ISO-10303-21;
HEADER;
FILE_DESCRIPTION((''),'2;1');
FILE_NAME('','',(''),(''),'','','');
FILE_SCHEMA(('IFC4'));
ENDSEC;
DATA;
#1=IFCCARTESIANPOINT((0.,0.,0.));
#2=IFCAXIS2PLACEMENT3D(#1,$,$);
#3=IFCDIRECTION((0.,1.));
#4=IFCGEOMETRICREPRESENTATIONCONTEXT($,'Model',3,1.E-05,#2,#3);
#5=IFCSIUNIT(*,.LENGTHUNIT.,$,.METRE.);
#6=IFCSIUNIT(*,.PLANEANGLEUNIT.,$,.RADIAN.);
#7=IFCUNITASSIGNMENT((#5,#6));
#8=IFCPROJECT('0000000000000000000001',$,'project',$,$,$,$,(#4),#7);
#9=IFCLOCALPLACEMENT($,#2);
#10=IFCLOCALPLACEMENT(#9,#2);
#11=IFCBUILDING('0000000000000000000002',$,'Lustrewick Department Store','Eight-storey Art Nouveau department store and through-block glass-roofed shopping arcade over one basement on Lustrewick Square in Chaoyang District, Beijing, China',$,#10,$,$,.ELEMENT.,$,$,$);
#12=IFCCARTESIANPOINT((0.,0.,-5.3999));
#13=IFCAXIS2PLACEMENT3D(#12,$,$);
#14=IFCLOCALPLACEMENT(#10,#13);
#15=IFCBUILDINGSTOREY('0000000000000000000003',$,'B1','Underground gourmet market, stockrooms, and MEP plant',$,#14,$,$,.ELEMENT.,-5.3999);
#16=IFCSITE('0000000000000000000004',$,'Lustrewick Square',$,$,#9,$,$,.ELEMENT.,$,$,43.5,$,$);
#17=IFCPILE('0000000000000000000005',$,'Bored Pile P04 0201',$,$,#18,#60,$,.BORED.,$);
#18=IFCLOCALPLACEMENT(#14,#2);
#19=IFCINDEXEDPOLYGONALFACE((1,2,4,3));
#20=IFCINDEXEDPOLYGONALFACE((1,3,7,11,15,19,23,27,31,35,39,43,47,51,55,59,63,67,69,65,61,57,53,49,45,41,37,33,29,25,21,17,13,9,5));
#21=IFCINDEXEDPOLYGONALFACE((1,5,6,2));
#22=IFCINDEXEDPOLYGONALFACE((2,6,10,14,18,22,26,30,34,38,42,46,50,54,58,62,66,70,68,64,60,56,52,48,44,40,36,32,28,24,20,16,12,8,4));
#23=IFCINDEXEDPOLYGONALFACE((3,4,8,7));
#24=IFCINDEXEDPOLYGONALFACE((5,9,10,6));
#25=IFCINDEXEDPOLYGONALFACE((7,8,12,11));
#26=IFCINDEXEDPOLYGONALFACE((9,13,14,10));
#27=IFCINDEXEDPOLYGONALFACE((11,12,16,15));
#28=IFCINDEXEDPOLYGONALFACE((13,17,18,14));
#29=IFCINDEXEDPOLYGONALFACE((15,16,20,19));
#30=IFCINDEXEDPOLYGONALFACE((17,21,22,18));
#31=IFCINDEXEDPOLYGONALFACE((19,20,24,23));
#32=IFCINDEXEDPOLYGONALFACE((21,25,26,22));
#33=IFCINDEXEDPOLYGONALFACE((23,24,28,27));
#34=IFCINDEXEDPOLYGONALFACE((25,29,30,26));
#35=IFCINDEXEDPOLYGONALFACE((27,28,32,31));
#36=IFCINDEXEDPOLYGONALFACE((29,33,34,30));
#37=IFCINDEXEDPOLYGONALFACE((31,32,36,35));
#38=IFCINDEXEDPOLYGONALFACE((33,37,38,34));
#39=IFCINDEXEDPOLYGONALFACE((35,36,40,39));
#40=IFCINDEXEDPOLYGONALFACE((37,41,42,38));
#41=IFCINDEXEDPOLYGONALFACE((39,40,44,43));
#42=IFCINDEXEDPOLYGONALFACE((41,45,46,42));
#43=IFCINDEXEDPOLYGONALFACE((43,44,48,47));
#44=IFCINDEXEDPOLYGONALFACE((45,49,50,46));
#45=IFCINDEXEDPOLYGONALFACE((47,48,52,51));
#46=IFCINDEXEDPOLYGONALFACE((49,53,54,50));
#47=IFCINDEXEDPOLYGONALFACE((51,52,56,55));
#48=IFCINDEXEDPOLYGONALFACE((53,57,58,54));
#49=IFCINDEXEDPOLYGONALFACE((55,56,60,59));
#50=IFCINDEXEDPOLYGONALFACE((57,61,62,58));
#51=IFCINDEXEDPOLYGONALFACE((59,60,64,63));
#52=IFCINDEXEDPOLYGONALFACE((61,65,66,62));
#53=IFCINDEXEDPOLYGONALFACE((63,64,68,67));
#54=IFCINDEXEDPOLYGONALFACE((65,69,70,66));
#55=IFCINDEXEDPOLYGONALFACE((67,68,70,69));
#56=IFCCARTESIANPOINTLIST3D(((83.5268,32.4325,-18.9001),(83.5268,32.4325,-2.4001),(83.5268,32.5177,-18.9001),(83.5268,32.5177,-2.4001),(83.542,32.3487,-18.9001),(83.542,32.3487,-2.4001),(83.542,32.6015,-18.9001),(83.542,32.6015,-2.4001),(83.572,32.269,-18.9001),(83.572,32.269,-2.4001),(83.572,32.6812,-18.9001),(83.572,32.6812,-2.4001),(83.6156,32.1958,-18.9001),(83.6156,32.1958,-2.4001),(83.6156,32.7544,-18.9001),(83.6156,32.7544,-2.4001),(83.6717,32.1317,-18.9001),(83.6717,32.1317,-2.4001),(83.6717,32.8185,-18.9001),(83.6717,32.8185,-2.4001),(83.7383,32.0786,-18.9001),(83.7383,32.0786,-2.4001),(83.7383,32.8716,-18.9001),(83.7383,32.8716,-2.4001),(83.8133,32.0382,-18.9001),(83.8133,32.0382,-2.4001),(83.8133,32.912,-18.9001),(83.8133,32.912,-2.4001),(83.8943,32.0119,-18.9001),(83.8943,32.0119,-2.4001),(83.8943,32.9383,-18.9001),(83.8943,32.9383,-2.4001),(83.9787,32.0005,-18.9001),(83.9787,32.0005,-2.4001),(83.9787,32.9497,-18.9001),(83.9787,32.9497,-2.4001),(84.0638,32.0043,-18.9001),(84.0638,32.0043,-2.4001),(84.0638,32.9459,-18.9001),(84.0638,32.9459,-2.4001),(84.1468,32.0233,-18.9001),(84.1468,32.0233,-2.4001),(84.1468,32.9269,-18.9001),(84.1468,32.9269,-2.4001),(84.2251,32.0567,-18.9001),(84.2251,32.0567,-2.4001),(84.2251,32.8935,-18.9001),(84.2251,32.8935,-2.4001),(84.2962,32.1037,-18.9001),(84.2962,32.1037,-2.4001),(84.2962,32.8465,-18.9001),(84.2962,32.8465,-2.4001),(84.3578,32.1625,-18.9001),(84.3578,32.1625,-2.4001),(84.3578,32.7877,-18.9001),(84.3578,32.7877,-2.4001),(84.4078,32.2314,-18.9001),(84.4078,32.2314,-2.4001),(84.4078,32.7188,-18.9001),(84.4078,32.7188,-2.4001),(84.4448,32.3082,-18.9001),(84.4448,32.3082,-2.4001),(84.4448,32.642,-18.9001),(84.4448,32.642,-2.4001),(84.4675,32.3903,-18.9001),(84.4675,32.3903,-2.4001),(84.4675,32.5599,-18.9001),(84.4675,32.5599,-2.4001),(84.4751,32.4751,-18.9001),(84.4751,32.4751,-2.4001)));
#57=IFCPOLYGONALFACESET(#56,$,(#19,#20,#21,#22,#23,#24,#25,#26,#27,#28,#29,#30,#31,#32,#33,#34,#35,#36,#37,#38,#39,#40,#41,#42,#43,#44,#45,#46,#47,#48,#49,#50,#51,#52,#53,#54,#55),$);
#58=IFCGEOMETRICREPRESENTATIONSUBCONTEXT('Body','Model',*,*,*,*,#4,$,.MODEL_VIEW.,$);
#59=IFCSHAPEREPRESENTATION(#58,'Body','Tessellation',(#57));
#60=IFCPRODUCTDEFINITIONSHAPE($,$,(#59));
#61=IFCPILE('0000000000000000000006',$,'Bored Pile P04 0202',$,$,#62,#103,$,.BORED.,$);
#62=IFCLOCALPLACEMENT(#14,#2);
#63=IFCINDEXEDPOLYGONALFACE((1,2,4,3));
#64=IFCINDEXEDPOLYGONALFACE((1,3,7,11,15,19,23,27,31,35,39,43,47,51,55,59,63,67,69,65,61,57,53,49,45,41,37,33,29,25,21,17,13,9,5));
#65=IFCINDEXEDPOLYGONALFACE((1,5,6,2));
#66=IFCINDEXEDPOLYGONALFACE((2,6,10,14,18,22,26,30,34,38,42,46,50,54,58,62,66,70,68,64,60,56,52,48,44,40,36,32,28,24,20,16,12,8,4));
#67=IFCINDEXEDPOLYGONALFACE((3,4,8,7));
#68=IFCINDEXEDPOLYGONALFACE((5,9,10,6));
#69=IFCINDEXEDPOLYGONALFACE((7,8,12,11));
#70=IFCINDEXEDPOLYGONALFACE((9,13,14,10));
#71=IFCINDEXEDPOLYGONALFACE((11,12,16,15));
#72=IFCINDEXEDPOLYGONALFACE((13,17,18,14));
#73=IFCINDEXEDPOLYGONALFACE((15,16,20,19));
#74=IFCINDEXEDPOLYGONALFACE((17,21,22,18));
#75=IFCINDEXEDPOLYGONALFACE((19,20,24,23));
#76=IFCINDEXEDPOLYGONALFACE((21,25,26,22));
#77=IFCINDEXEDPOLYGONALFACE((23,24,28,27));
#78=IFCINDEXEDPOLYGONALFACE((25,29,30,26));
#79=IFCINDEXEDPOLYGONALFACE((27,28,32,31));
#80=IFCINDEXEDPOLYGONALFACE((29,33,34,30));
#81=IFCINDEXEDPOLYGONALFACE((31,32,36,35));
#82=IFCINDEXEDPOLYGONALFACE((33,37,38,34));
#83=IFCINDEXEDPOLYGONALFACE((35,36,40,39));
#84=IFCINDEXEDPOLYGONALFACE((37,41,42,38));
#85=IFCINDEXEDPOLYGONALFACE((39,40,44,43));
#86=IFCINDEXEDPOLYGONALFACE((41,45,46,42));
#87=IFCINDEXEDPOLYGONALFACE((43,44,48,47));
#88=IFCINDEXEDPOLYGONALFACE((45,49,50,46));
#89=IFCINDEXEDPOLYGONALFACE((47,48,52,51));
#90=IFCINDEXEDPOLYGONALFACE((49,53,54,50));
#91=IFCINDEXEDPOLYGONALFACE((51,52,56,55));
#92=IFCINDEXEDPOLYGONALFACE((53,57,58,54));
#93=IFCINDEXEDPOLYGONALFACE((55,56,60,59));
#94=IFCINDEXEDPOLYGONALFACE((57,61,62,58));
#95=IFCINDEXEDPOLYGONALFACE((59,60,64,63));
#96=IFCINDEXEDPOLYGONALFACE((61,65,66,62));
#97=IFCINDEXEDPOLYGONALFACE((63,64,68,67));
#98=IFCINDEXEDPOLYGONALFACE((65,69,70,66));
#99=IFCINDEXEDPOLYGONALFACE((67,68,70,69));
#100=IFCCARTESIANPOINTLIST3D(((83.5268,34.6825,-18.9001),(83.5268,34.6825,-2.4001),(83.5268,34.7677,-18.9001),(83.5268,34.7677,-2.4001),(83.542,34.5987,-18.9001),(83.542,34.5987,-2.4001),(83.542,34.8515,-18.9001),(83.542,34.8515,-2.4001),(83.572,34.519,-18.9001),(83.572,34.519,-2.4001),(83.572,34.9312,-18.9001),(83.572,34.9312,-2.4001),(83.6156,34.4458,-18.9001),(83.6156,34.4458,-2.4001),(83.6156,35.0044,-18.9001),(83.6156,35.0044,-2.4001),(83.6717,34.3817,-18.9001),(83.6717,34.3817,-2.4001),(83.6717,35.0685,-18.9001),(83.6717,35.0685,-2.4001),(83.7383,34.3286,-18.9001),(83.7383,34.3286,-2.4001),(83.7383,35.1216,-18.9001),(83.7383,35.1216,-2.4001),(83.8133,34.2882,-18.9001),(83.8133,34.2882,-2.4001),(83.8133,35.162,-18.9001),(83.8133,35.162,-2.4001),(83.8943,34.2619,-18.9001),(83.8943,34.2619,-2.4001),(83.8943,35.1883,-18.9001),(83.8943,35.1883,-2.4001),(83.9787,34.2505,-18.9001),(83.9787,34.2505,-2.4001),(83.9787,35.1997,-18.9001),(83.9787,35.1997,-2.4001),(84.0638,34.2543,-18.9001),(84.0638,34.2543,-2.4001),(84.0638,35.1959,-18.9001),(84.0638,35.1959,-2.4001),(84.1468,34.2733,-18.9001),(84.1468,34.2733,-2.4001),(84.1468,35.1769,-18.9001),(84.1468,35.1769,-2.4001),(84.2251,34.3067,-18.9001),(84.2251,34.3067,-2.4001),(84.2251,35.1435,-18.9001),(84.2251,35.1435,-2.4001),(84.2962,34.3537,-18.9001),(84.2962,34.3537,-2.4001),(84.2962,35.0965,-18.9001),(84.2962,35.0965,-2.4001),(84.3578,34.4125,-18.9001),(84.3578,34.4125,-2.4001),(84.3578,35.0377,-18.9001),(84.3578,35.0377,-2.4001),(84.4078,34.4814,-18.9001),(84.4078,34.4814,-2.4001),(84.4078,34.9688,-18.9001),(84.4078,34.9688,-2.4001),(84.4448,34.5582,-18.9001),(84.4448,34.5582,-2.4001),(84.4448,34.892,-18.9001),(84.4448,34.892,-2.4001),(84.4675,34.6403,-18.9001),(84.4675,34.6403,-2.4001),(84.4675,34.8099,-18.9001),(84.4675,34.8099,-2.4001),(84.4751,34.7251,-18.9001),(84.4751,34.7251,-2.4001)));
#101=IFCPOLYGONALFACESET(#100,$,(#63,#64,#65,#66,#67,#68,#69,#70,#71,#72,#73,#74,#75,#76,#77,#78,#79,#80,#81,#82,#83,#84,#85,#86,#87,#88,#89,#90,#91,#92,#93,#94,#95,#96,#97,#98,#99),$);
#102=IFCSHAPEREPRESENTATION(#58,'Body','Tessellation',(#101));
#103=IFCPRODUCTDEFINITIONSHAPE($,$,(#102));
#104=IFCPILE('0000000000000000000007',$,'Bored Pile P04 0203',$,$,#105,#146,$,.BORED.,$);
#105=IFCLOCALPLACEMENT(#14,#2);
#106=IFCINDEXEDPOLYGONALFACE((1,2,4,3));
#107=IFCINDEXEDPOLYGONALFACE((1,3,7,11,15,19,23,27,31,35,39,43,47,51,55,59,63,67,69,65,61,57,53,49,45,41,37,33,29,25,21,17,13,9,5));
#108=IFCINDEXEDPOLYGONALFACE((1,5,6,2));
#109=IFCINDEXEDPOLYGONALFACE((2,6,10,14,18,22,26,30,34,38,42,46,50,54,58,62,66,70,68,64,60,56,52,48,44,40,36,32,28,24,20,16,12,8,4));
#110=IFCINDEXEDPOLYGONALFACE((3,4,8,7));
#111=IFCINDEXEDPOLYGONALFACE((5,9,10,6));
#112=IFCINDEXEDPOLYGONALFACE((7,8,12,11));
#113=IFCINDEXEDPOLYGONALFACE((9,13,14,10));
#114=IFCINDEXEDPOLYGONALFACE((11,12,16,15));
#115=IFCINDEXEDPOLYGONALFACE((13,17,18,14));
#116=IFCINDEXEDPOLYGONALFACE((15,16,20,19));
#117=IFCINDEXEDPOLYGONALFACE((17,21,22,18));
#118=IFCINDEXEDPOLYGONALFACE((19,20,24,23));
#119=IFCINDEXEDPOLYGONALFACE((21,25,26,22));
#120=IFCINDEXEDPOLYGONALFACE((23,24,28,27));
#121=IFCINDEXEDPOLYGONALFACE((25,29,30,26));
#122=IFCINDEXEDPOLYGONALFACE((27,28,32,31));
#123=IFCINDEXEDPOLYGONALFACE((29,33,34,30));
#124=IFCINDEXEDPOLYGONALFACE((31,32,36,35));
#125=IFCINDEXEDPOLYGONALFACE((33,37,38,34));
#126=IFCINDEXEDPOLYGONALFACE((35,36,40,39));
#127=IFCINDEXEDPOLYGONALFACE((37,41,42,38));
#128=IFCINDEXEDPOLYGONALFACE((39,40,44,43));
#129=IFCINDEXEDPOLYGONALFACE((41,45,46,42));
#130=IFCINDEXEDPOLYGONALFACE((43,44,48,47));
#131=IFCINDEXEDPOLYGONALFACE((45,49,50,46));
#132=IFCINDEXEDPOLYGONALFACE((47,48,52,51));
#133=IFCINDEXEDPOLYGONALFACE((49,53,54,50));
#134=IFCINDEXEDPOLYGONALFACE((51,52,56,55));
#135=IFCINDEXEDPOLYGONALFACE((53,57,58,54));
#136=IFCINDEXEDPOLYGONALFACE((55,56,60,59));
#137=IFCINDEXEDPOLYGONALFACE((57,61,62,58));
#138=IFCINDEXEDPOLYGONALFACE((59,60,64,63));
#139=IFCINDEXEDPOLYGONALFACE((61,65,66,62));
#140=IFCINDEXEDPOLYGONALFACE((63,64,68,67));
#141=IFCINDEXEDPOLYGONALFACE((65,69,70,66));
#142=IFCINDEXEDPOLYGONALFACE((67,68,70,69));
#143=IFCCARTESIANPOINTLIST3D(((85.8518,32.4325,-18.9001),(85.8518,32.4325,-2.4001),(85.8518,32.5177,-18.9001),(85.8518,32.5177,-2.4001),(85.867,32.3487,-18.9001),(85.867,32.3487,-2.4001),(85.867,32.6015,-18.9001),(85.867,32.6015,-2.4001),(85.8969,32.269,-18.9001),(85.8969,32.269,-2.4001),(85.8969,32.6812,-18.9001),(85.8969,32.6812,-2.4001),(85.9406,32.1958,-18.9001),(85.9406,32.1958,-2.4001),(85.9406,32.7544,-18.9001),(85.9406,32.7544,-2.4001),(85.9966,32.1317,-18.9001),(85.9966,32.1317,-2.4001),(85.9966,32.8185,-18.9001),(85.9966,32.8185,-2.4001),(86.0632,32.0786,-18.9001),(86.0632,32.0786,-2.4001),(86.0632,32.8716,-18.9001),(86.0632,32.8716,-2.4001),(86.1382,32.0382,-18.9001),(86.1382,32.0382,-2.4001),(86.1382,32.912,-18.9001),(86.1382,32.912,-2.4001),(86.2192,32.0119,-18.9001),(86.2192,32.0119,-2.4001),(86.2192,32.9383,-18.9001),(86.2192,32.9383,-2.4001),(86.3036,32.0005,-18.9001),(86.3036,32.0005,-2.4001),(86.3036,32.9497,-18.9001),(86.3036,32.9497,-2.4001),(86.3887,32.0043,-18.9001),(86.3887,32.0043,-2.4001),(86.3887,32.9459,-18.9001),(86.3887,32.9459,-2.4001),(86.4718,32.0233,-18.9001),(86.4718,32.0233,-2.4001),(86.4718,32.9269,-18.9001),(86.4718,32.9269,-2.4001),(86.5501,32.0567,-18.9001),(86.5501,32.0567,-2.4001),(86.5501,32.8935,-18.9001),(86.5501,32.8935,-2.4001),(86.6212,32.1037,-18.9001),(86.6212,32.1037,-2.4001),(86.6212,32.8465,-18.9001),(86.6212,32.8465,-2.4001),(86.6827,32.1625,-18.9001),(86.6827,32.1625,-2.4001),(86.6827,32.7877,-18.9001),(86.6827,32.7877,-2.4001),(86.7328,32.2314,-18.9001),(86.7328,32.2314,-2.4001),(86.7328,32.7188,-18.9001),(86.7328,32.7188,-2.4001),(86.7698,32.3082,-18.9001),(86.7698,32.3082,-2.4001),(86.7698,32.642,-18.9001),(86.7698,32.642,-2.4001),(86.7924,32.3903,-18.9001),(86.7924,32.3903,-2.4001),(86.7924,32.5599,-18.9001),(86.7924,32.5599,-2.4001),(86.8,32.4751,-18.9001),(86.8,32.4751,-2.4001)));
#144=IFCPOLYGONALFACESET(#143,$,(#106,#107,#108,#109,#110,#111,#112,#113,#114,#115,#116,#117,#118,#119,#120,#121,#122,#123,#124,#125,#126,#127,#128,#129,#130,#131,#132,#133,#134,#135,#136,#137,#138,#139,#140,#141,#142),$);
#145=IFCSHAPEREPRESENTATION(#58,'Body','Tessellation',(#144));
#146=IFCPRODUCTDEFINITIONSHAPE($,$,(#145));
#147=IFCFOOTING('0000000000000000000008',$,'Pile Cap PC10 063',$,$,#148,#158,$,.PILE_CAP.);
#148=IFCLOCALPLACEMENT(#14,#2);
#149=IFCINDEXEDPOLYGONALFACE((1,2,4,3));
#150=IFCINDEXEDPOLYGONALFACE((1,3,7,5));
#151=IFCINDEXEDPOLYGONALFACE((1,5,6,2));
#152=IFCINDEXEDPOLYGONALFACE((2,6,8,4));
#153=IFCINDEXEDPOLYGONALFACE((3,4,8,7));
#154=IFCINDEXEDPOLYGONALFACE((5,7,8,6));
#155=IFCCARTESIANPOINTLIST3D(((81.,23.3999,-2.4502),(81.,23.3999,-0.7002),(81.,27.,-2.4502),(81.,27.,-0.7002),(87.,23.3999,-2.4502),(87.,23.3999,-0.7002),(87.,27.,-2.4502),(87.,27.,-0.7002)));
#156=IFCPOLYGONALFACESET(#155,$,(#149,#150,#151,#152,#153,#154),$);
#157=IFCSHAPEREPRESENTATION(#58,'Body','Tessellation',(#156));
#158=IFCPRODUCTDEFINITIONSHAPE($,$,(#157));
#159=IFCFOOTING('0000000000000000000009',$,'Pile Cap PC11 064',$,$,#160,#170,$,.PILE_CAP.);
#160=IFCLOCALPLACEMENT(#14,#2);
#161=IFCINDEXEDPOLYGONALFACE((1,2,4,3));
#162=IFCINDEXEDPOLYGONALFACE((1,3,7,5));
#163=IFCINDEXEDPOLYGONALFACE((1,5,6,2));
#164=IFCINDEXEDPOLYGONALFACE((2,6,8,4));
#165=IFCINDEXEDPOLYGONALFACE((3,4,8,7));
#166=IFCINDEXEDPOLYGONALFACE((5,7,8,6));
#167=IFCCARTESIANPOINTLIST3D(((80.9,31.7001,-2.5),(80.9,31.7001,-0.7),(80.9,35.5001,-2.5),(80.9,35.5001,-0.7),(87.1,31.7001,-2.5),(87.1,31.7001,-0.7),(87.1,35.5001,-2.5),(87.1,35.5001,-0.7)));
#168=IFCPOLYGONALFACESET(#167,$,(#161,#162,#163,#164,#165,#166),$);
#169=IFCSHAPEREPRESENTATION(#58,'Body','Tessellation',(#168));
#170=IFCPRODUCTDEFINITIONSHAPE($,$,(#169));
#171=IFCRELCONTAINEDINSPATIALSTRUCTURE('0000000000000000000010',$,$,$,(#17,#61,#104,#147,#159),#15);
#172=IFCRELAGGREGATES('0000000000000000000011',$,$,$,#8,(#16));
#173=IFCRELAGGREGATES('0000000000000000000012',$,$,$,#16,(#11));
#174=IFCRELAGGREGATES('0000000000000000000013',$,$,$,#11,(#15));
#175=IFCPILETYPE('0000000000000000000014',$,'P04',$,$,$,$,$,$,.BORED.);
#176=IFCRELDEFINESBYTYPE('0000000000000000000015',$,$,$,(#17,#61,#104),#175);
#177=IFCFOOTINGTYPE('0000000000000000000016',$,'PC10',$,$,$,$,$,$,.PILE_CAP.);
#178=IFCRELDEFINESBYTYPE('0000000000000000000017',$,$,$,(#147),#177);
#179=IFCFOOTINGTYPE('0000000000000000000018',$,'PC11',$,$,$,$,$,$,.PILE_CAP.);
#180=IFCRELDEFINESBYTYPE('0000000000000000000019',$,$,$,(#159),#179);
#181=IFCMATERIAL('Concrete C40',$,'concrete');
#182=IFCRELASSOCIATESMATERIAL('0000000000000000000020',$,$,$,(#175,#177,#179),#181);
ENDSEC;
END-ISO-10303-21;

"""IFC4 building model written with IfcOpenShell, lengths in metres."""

from ifc_helpers import new_model, si_unit, direction, frame, origin, origin_2d, place, context, subcontext, project, spatial, rectangle, circle, extrude, material, material_profile, profile_set, type_object, element, save


model = new_model("IFC4")

# Units and contexts
model_context = context("Model", 3, precision=1e-05, world=origin(), true_north=direction((0.0, 1.0)))
body_context = subcontext(model_context, "Body", "Model", "MODEL_VIEW")
ifc_project = project(units=[si_unit("LENGTHUNIT", "METRE"), si_unit("PLANEANGLEUNIT", "RADIAN")], contexts=[model_context])

# Site, building, storey
site_placement = place(None, origin())
site = spatial("IfcSite", under=ifc_project, at=site_placement, Name="Lustrewick Square", CompositionType="ELEMENT", RefElevation=43.5)
building_placement = place(site_placement, origin())
building = spatial("IfcBuilding", under=site, at=building_placement, Name="Lustrewick Department Store", Description="Eight-storey Art Nouveau department store and through-block glass-roofed shopping arcade over one basement on Lustrewick Square in Chaoyang District, Beijing, China", CompositionType="ELEMENT")
storey_placement = place(building_placement, frame((0.0, 0.0, -5.3999)))
storey = spatial("IfcBuildingStorey", under=building, at=storey_placement, Name="B1", Description="Underground gourmet market, stockrooms, and MEP plant", CompositionType="ELEMENT", Elevation=-5.3999)

# Piles
ifc_material_1 = material(Name="Concrete C40", Category="concrete")
ifc_material_profile_1 = material_profile(ifc_material_1, circle(Radius=0.4751, at=origin_2d()), Name="PILE D950")
ifc_profile_set_1 = profile_set([ifc_material_profile_1], Name="Concrete C40")
pile_type_1 = type_object("IfcPileType", Name="P04", PredefinedType="BORED", material=ifc_profile_set_1)
for number, where, z_axis, x_axis, name in (
    (1, (84.0, 32.4751, -2.4001), (0.0, 0.0, -1.0), (1.0, 0.0, 0.0), "Bored Pile P04 0201"),
    (2, (84.0, 34.7251, -2.4001), (0.0, 0.0, -1.0), (1.0, 0.0, 0.0), "Bored Pile P04 0202"),
    (3, (86.325, 32.4751, -2.4001), (0.0, 0.0, -1.0), (1.0, 0.0, 0.0), "Bored Pile P04 0203"),
):
    element("IfcPile", number, at=place(storey_placement, frame(where, z_axis=z_axis, x_axis=x_axis)), inside=storey, type_object=pile_type_1, Name=name, PredefinedType="BORED", context=body_context, shape_type="SweptSolid", body=[
        extrude(circle(Radius=0.4751, at=origin_2d()), origin(), (0.0, 0.0, 1.0), 16.5),
    ])

# Footings
footing_type_1 = type_object("IfcFootingType", Name="PC10", PredefinedType="PILE_CAP", material=ifc_material_1)
footing_1_placement = place(storey_placement, frame((84.0, 25.2, -2.4502), z_axis=(0.0, 0.0, 1.0), x_axis=(1.0, 0.0, 0.0)))
element("IfcFooting", 4, at=footing_1_placement, inside=storey, type_object=footing_type_1, Name="Pile Cap PC10 063", PredefinedType="PILE_CAP", context=body_context, shape_type="SweptSolid", body=[
    extrude(rectangle(XDim=6.0, YDim=3.6001, at=origin_2d()), origin(), (0.0, 0.0, 1.0), 1.75),
])
footing_type_2 = type_object("IfcFootingType", Name="PC11", PredefinedType="PILE_CAP", material=ifc_material_1)
footing_2_placement = place(storey_placement, frame((84.0, 33.6001, -2.5), z_axis=(0.0, 0.0, 1.0), x_axis=(1.0, 0.0, 0.0)))
element("IfcFooting", 5, at=footing_2_placement, inside=storey, type_object=footing_type_2, Name="Pile Cap PC11 064", PredefinedType="PILE_CAP", context=body_context, shape_type="SweptSolid", body=[
    extrude(rectangle(XDim=6.2, YDim=3.8, at=origin_2d()), origin(), (0.0, 0.0, 1.0), 1.8),
])

save(model, "model.ifc")
